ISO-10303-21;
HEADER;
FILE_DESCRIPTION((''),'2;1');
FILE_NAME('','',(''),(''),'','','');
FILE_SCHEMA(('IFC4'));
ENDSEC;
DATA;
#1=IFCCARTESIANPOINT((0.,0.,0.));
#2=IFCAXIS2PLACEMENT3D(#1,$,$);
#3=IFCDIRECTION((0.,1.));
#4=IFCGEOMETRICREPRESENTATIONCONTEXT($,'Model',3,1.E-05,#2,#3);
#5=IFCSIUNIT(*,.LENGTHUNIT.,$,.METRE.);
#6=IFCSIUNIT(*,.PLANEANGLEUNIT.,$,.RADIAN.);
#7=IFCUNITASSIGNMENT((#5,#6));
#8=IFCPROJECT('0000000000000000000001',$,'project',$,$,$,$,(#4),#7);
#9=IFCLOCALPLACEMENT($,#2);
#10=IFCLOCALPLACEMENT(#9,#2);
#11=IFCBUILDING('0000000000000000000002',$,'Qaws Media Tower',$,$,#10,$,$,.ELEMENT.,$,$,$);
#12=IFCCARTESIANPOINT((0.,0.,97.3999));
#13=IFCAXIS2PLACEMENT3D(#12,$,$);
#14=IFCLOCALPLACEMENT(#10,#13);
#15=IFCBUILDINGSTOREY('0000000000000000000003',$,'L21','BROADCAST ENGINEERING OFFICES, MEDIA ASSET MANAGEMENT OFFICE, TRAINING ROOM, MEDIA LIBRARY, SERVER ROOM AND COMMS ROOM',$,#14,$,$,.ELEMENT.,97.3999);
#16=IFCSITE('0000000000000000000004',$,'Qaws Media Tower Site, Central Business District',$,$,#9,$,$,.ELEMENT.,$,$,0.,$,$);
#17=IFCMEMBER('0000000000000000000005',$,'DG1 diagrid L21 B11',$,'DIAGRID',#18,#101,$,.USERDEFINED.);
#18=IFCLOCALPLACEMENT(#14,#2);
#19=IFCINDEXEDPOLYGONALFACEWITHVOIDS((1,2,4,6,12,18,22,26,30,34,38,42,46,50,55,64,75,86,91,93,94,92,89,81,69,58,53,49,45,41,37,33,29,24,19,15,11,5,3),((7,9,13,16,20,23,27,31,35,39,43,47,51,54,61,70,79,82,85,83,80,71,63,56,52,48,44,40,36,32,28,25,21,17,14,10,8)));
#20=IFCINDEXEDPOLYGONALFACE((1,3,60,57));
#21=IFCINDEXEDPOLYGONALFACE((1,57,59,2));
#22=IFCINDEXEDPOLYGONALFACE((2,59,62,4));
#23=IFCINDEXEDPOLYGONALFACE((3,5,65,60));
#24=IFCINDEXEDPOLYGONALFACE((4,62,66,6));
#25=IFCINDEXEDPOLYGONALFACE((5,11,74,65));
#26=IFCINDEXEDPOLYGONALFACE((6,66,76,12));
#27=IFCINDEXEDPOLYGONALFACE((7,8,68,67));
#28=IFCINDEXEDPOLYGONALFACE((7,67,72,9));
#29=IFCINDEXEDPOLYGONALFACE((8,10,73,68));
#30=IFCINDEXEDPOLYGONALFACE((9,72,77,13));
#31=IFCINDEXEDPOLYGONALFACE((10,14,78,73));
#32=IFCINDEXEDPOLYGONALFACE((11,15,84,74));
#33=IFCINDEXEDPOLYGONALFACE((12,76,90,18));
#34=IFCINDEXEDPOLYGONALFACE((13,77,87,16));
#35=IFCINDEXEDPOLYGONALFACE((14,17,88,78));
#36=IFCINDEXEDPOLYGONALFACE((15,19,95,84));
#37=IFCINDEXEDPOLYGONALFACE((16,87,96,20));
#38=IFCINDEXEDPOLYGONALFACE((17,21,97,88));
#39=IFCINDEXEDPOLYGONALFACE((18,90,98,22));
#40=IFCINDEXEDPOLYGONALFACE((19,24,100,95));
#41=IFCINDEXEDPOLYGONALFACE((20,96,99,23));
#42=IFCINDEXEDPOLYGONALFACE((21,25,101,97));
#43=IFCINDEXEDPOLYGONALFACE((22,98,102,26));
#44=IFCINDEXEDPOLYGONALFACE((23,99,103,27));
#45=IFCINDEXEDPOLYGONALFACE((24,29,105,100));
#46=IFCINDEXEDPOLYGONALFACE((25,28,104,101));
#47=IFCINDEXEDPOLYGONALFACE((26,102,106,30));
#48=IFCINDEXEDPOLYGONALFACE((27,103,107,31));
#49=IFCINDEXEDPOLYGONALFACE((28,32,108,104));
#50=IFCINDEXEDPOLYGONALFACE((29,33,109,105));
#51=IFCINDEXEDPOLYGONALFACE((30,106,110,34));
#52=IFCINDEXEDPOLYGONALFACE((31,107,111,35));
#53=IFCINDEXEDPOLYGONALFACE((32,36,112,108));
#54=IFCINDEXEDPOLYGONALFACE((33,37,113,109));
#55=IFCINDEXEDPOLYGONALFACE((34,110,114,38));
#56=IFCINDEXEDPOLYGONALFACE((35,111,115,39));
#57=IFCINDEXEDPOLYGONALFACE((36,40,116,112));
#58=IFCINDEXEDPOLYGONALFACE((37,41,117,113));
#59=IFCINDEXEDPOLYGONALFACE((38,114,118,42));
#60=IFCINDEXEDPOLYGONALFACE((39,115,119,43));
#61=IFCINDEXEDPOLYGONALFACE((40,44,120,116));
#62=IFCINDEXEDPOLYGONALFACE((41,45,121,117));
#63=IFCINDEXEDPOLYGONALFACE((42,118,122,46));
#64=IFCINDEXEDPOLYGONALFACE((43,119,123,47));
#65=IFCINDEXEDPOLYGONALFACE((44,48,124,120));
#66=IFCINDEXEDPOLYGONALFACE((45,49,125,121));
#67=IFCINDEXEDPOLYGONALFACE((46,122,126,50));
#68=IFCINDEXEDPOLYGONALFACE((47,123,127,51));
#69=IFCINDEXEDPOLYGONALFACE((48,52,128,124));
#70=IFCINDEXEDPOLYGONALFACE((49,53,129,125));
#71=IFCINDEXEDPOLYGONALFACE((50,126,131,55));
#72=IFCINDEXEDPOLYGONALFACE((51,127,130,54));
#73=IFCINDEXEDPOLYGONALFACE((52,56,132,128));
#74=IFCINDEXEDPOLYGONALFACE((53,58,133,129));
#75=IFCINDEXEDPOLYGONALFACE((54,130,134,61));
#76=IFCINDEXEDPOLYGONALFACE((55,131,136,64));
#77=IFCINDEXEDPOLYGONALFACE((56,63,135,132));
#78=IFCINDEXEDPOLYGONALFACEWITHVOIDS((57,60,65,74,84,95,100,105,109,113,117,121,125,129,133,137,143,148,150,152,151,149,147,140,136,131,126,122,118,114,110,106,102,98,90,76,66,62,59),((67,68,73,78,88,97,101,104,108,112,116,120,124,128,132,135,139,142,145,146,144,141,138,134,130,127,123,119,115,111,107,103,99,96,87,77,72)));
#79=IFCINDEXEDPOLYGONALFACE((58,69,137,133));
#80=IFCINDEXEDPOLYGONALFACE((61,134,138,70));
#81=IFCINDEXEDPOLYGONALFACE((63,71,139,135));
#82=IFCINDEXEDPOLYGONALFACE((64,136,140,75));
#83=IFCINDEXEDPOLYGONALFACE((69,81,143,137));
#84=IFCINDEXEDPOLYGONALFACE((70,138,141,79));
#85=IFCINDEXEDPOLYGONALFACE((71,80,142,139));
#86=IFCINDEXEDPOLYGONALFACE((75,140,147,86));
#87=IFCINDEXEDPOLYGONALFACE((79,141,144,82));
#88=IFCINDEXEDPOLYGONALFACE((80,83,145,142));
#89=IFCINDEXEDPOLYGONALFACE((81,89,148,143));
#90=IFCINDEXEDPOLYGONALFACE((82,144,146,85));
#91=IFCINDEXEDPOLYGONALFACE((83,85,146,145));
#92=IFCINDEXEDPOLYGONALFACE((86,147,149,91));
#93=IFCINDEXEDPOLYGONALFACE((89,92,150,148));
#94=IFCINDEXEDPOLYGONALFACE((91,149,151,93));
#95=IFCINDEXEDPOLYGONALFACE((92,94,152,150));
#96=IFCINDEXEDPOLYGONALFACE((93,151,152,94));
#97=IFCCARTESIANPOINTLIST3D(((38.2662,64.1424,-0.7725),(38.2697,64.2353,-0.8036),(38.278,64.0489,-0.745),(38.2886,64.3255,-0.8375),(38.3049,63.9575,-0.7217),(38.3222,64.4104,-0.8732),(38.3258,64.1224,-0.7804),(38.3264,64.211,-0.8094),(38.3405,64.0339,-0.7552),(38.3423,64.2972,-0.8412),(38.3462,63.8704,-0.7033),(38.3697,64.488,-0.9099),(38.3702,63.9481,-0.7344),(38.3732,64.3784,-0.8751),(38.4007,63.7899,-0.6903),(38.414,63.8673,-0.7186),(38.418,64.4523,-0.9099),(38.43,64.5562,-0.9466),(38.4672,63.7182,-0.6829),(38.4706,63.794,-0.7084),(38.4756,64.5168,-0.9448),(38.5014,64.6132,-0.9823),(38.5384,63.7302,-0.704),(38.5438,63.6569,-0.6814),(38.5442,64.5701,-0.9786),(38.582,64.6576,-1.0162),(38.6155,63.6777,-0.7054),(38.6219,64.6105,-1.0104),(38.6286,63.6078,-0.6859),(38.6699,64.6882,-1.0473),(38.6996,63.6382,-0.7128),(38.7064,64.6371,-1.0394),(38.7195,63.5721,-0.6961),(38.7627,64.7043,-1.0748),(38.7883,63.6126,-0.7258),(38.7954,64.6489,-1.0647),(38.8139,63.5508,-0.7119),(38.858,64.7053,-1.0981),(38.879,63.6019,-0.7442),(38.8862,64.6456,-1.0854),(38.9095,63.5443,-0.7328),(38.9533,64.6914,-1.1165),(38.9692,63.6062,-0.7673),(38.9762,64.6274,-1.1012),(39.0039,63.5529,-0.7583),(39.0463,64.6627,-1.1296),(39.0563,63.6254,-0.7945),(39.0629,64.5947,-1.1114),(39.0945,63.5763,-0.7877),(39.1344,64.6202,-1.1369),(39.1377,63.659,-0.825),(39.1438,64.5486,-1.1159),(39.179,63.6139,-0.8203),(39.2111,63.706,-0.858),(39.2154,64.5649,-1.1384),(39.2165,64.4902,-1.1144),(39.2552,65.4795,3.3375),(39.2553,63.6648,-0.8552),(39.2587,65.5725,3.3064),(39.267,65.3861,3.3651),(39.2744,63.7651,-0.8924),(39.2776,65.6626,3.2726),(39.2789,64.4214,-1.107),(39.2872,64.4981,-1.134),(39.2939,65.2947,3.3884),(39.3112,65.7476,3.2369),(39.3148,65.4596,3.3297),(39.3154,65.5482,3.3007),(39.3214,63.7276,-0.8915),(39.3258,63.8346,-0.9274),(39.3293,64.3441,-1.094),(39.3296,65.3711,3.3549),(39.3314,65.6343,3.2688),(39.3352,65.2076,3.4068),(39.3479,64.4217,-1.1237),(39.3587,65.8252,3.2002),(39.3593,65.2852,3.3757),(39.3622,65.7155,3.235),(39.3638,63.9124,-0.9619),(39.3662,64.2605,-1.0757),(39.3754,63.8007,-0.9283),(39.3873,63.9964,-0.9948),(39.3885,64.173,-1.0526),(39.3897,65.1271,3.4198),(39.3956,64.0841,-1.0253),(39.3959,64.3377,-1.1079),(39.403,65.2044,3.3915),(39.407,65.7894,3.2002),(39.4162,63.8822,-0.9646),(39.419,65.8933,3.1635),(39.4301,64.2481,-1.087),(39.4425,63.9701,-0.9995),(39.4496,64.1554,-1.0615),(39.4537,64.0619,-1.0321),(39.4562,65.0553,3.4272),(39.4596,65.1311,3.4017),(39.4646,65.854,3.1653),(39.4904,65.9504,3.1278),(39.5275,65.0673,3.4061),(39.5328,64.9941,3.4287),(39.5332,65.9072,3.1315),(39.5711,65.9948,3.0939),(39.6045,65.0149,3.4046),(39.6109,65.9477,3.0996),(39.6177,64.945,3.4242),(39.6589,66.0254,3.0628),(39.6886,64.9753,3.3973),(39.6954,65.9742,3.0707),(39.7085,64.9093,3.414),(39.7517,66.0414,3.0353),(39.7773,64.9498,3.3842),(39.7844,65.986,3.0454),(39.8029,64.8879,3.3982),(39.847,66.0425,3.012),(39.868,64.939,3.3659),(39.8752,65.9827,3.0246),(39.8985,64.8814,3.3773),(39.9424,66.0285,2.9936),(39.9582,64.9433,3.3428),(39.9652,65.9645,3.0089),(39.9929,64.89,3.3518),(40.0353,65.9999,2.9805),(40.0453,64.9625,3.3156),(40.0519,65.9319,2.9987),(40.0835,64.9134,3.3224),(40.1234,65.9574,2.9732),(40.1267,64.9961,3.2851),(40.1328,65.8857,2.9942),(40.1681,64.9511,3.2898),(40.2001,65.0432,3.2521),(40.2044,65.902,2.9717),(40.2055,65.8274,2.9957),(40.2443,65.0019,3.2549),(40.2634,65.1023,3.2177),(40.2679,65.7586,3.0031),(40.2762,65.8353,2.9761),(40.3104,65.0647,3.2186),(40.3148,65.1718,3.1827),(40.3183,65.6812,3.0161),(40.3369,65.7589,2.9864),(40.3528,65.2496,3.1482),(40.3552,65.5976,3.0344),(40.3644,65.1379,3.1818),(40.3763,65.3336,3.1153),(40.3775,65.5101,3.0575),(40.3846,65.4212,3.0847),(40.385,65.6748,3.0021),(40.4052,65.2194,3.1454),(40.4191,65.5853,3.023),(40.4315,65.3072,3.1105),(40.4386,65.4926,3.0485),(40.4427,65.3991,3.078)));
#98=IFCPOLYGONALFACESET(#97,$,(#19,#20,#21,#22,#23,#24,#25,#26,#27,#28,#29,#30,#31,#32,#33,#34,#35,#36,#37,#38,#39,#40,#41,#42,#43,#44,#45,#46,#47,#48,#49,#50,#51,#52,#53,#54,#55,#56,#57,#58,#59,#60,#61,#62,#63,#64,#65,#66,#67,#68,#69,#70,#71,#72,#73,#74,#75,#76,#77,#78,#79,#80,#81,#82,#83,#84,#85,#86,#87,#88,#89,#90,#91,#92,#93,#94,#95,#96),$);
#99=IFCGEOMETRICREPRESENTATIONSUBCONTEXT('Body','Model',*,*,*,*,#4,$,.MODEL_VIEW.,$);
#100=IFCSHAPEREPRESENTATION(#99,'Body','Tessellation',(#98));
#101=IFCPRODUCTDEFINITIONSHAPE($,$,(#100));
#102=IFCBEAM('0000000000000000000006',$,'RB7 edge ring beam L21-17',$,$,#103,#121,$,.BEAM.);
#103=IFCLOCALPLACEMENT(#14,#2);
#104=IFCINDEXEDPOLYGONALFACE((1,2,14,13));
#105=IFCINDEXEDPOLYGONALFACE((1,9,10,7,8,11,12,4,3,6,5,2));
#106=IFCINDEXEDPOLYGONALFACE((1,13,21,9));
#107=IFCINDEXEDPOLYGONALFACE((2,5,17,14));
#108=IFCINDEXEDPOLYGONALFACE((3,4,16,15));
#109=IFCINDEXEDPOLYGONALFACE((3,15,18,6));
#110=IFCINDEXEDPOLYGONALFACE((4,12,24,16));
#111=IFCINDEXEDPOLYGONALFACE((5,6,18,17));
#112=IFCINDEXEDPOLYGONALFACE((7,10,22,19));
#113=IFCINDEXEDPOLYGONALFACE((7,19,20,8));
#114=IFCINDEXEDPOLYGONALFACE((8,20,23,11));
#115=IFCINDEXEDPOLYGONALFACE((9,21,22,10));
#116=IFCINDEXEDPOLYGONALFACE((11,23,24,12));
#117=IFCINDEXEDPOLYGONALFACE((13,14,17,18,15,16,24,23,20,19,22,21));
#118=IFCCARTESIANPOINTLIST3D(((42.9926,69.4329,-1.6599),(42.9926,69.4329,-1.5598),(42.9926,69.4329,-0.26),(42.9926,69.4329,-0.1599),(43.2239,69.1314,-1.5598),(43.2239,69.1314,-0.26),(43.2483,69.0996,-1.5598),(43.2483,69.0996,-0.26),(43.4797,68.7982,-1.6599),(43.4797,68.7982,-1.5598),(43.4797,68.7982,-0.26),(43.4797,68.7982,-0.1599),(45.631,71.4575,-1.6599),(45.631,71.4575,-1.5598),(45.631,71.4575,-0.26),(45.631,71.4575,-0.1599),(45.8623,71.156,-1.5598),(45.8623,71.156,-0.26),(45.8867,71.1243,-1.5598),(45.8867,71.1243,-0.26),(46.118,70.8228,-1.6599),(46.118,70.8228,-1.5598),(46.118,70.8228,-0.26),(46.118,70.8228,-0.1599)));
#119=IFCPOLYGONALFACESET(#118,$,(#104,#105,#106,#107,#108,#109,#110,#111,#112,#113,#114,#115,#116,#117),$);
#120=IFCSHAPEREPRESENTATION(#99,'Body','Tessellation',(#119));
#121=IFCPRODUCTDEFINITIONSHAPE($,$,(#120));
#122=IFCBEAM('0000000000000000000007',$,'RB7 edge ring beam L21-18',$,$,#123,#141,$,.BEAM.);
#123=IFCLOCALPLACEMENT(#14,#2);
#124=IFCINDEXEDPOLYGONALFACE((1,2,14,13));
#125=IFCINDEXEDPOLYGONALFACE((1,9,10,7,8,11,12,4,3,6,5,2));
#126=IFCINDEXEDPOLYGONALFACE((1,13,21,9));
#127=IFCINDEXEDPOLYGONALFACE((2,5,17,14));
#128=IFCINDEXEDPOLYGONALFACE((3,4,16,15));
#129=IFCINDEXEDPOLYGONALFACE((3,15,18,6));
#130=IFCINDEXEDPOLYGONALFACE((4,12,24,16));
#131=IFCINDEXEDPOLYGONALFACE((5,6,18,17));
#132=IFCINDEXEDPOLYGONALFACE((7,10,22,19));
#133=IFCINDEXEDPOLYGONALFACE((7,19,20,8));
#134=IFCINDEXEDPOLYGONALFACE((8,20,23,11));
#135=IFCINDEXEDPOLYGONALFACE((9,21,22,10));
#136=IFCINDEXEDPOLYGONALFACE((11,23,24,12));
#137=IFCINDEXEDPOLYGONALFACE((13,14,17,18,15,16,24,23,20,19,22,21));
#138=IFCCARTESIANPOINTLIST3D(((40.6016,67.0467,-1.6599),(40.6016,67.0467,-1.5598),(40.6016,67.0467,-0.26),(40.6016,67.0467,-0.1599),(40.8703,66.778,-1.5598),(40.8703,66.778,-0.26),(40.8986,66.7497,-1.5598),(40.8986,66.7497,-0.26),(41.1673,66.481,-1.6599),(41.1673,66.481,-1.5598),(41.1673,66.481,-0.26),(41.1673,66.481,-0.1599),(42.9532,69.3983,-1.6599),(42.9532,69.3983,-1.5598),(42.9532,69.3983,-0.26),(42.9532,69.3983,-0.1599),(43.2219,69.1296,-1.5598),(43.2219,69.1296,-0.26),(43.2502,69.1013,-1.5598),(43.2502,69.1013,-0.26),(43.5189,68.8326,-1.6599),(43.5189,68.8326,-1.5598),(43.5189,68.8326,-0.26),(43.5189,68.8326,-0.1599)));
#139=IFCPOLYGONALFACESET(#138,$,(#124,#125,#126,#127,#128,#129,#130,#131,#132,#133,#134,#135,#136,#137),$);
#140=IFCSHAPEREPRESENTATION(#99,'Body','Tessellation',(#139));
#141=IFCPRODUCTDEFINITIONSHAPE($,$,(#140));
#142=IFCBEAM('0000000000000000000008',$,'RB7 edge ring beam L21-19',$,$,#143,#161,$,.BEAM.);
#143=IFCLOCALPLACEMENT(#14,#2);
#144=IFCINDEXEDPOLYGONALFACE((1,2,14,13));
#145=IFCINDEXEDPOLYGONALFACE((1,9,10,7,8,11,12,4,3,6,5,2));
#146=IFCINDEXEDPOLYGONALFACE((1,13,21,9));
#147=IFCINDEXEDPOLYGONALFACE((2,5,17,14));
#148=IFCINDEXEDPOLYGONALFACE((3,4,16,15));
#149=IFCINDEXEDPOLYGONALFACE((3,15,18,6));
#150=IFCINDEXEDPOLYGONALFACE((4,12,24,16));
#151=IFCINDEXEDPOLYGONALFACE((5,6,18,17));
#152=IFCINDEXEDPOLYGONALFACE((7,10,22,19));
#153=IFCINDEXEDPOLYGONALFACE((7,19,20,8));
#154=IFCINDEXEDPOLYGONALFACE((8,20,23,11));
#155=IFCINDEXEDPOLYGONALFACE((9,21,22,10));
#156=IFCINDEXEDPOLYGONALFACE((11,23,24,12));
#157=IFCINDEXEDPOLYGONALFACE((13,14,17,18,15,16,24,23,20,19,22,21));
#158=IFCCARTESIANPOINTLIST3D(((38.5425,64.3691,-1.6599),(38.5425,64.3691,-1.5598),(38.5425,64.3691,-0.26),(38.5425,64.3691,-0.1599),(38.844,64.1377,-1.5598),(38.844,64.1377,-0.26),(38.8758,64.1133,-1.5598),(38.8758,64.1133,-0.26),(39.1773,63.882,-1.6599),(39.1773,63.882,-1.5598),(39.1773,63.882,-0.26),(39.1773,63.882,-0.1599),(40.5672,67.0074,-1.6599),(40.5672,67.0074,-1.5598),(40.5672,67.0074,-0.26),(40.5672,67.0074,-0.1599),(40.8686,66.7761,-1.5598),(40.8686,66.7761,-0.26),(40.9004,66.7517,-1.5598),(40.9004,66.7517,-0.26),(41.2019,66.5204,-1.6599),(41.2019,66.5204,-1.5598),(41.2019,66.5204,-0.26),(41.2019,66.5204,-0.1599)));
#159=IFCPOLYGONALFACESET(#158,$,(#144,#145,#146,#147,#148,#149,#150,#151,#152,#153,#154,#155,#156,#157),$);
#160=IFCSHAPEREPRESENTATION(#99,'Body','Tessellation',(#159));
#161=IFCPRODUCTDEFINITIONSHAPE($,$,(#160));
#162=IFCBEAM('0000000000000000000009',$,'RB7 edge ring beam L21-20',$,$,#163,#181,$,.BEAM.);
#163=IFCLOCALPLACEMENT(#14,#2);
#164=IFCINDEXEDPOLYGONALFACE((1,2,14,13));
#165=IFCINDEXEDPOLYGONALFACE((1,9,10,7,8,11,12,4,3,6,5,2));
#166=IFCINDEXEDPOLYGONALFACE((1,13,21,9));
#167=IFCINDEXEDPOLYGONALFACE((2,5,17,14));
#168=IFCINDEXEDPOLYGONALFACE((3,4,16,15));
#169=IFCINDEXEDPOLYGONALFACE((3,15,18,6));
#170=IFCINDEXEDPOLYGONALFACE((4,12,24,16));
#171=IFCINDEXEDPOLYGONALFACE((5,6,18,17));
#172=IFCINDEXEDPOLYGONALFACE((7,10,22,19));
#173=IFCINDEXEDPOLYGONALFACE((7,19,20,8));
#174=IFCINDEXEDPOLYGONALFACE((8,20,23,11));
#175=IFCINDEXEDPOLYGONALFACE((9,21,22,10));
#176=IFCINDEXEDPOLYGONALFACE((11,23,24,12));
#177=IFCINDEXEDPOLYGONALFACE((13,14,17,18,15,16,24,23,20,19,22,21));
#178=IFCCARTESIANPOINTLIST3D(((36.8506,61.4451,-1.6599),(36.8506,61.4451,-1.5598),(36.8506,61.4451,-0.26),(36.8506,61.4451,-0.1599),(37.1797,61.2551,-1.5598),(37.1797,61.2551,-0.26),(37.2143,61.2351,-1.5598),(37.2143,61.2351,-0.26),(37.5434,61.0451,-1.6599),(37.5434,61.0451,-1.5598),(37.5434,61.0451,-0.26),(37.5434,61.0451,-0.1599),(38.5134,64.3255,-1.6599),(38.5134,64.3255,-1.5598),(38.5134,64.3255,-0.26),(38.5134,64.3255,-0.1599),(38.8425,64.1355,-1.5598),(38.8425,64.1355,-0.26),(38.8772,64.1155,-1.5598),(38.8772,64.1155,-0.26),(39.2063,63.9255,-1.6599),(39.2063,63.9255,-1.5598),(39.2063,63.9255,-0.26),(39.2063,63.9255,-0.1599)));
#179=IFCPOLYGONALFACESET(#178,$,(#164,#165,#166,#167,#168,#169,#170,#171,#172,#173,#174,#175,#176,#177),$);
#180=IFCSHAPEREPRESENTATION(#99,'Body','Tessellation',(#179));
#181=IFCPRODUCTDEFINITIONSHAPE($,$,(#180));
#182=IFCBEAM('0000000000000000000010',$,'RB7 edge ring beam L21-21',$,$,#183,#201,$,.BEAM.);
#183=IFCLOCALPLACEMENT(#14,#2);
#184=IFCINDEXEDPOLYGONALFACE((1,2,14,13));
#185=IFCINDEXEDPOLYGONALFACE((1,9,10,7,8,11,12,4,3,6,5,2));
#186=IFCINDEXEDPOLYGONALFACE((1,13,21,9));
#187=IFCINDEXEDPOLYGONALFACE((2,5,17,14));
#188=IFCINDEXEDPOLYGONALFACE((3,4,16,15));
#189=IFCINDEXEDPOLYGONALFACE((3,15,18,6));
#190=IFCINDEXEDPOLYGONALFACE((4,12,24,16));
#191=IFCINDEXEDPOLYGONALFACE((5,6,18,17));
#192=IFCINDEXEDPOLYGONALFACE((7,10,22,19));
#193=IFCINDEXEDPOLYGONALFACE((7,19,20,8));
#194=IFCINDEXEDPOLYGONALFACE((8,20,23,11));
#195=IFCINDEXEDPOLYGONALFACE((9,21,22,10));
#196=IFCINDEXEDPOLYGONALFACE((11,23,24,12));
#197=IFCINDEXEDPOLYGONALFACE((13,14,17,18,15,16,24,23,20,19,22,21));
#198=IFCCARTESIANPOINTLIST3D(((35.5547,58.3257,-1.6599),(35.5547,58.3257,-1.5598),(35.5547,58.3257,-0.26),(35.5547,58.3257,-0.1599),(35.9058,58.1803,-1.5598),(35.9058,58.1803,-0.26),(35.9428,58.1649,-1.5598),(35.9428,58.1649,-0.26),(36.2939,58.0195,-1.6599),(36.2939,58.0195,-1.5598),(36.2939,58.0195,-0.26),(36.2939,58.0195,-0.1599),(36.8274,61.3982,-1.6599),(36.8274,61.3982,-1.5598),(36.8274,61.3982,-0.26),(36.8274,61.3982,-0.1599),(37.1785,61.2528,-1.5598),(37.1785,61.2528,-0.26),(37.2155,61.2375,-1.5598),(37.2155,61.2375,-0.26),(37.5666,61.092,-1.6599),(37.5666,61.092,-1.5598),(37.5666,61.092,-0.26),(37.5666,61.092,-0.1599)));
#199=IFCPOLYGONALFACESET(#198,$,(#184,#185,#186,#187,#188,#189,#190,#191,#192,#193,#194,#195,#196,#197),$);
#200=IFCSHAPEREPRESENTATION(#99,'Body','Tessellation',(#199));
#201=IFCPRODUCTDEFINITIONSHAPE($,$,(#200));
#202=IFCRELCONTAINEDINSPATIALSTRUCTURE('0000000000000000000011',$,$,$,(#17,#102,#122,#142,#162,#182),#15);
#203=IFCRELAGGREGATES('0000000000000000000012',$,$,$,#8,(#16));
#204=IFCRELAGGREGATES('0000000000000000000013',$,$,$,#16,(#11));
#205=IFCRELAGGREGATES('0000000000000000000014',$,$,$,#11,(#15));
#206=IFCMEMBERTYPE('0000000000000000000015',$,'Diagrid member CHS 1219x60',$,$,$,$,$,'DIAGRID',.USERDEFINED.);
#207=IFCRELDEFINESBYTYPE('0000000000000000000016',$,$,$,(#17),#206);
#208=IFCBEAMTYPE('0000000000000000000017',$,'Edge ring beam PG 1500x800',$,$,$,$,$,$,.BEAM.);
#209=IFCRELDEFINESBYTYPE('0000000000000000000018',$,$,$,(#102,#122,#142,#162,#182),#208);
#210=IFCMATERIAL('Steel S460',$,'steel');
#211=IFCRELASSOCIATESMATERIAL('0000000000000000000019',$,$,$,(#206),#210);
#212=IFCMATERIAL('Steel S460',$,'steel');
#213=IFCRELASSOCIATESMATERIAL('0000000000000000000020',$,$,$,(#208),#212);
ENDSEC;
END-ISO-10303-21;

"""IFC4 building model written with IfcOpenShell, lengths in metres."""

from ifc_helpers import new_model, si_unit, direction, frame, origin, origin_2d, place, context, subcontext, project, spatial, hollow_circle, i_section, extrude, material, material_profile, profile_set, type_object, element, save


model = new_model("IFC4")

# Units and contexts
model_context = context("Model", 3, precision=1e-05, world=origin(), true_north=direction((0.0, 1.0)))
body_context = subcontext(model_context, "Body", "Model", "MODEL_VIEW")
ifc_project = project(units=[si_unit("LENGTHUNIT", "METRE"), si_unit("PLANEANGLEUNIT", "RADIAN")], contexts=[model_context])

# Site, building, storey
site_placement = place(None, origin())
site = spatial("IfcSite", under=ifc_project, at=site_placement, Name="Qaws Media Tower Site, Central Business District", CompositionType="ELEMENT", RefElevation=0.0)
building_placement = place(site_placement, origin())
building = spatial("IfcBuilding", under=site, at=building_placement, Name="Qaws Media Tower", CompositionType="ELEMENT")
storey_placement = place(building_placement, frame((0.0, 0.0, 97.3999)))
storey = spatial("IfcBuildingStorey", under=building, at=storey_placement, Name="L21", Description="BROADCAST ENGINEERING OFFICES, MEDIA ASSET MANAGEMENT OFFICE, TRAINING ROOM, MEDIA LIBRARY, SERVER ROOM AND COMMS ROOM", CompositionType="ELEMENT", Elevation=97.3999)

# Member
ifc_material_1 = material(Name="Steel S460", Category="steel")
ifc_material_profile_1 = material_profile(ifc_material_1, hollow_circle(Radius=0.6096, WallThickness=0.0601, at=origin_2d()), Name="CHS 1219x60")
ifc_profile_set_1 = profile_set([ifc_material_profile_1], Name="Steel S460")
member_type_1 = type_object("IfcMemberType", Name="Diagrid member CHS 1219x60", ElementType="DIAGRID", PredefinedType="USERDEFINED", material=ifc_profile_set_1)
for number, where, z_axis, x_axis, name in (
    (1, (38.8599, 64.1255, -0.9099), (0.223059, 0.301579, 0.926982), (-0.803981, 0.594655, 0.0), "DG1 diagrid L21 B11"),
):
    element("IfcMember", number, at=place(storey_placement, frame(where, z_axis=z_axis, x_axis=x_axis)), inside=storey, type_object=member_type_1, Name=name, ObjectType="DIAGRID", PredefinedType="USERDEFINED", context=body_context, shape_type="SweptSolid", body=[
        extrude(hollow_circle(Radius=0.6096, WallThickness=0.0601, at=origin_2d()), origin(), (0.0, 0.0, 1.0), 4.4338),
    ])

# Beams
ifc_material_2 = material(Name="Steel S460", Category="steel")
ifc_material_profile_2 = material_profile(ifc_material_2, i_section(OverallWidth=0.8, OverallDepth=1.5, WebThickness=0.04, FlangeThickness=0.1001, at=origin_2d()), Name="PG 1500x800")
ifc_profile_set_2 = profile_set([ifc_material_profile_2], Name="Steel S460")
beam_type = type_object("IfcBeamType", Name="Edge ring beam PG 1500x800", PredefinedType="BEAM", material=ifc_profile_set_2)
for number, where, z_axis, x_axis, name in (
    (2, (45.8745, 71.1401, -0.9099), (-0.793336, -0.608784, 0.0), (0.608784, -0.793336, 0.0), "RB7 edge ring beam L21-17"),
    (3, (43.2361, 69.1155, -0.9099), (-0.707107, -0.707107, 0.0), (0.707107, -0.707107, 0.0), "RB7 edge ring beam L21-18"),
    (4, (40.8845, 66.7639, -0.9099), (-0.608784, -0.793336, 0.0), (0.793336, -0.608784, 0.0), "RB7 edge ring beam L21-19"),
):
    element("IfcBeam", number, at=place(storey_placement, frame(where, z_axis=z_axis, x_axis=x_axis)), inside=storey, type_object=beam_type, Name=name, PredefinedType="BEAM", context=body_context, shape_type="SweptSolid", body=[
        extrude(i_section(OverallWidth=0.8, OverallDepth=1.5, WebThickness=0.04, FlangeThickness=0.1001, at=origin_2d()), origin(), (0.0, 0.0, 1.0), 3.3257),
    ])
beam_1_placement = place(storey_placement, frame((38.8599, 64.1255, -0.9099), z_axis=(-0.499968, -0.866044, 0.0), x_axis=(0.866044, -0.499968, 0.0)))
element("IfcBeam", 5, at=beam_1_placement, inside=storey, type_object=beam_type, Name="RB7 edge ring beam L21-20", PredefinedType="BEAM", context=body_context, shape_type="SweptSolid", body=[
    extrude(i_section(OverallWidth=0.8, OverallDepth=1.5, WebThickness=0.04, FlangeThickness=0.1001, at=origin_2d()), origin(), (0.0, 0.0, 1.0), 3.3259),
])
beam_2_placement = place(storey_placement, frame((37.197, 61.2451, -0.9099), z_axis=(-0.382691, -0.923876, 0.0), x_axis=(0.923876, -0.382691, 0.0)))
element("IfcBeam", 6, at=beam_2_placement, inside=storey, type_object=beam_type, Name="RB7 edge ring beam L21-21", PredefinedType="BEAM", context=body_context, shape_type="SweptSolid", body=[
    extrude(i_section(OverallWidth=0.8, OverallDepth=1.5, WebThickness=0.04, FlangeThickness=0.1001, at=origin_2d()), origin(), (0.0, 0.0, 1.0), 3.3257),
])

save(model, "model.ifc")
